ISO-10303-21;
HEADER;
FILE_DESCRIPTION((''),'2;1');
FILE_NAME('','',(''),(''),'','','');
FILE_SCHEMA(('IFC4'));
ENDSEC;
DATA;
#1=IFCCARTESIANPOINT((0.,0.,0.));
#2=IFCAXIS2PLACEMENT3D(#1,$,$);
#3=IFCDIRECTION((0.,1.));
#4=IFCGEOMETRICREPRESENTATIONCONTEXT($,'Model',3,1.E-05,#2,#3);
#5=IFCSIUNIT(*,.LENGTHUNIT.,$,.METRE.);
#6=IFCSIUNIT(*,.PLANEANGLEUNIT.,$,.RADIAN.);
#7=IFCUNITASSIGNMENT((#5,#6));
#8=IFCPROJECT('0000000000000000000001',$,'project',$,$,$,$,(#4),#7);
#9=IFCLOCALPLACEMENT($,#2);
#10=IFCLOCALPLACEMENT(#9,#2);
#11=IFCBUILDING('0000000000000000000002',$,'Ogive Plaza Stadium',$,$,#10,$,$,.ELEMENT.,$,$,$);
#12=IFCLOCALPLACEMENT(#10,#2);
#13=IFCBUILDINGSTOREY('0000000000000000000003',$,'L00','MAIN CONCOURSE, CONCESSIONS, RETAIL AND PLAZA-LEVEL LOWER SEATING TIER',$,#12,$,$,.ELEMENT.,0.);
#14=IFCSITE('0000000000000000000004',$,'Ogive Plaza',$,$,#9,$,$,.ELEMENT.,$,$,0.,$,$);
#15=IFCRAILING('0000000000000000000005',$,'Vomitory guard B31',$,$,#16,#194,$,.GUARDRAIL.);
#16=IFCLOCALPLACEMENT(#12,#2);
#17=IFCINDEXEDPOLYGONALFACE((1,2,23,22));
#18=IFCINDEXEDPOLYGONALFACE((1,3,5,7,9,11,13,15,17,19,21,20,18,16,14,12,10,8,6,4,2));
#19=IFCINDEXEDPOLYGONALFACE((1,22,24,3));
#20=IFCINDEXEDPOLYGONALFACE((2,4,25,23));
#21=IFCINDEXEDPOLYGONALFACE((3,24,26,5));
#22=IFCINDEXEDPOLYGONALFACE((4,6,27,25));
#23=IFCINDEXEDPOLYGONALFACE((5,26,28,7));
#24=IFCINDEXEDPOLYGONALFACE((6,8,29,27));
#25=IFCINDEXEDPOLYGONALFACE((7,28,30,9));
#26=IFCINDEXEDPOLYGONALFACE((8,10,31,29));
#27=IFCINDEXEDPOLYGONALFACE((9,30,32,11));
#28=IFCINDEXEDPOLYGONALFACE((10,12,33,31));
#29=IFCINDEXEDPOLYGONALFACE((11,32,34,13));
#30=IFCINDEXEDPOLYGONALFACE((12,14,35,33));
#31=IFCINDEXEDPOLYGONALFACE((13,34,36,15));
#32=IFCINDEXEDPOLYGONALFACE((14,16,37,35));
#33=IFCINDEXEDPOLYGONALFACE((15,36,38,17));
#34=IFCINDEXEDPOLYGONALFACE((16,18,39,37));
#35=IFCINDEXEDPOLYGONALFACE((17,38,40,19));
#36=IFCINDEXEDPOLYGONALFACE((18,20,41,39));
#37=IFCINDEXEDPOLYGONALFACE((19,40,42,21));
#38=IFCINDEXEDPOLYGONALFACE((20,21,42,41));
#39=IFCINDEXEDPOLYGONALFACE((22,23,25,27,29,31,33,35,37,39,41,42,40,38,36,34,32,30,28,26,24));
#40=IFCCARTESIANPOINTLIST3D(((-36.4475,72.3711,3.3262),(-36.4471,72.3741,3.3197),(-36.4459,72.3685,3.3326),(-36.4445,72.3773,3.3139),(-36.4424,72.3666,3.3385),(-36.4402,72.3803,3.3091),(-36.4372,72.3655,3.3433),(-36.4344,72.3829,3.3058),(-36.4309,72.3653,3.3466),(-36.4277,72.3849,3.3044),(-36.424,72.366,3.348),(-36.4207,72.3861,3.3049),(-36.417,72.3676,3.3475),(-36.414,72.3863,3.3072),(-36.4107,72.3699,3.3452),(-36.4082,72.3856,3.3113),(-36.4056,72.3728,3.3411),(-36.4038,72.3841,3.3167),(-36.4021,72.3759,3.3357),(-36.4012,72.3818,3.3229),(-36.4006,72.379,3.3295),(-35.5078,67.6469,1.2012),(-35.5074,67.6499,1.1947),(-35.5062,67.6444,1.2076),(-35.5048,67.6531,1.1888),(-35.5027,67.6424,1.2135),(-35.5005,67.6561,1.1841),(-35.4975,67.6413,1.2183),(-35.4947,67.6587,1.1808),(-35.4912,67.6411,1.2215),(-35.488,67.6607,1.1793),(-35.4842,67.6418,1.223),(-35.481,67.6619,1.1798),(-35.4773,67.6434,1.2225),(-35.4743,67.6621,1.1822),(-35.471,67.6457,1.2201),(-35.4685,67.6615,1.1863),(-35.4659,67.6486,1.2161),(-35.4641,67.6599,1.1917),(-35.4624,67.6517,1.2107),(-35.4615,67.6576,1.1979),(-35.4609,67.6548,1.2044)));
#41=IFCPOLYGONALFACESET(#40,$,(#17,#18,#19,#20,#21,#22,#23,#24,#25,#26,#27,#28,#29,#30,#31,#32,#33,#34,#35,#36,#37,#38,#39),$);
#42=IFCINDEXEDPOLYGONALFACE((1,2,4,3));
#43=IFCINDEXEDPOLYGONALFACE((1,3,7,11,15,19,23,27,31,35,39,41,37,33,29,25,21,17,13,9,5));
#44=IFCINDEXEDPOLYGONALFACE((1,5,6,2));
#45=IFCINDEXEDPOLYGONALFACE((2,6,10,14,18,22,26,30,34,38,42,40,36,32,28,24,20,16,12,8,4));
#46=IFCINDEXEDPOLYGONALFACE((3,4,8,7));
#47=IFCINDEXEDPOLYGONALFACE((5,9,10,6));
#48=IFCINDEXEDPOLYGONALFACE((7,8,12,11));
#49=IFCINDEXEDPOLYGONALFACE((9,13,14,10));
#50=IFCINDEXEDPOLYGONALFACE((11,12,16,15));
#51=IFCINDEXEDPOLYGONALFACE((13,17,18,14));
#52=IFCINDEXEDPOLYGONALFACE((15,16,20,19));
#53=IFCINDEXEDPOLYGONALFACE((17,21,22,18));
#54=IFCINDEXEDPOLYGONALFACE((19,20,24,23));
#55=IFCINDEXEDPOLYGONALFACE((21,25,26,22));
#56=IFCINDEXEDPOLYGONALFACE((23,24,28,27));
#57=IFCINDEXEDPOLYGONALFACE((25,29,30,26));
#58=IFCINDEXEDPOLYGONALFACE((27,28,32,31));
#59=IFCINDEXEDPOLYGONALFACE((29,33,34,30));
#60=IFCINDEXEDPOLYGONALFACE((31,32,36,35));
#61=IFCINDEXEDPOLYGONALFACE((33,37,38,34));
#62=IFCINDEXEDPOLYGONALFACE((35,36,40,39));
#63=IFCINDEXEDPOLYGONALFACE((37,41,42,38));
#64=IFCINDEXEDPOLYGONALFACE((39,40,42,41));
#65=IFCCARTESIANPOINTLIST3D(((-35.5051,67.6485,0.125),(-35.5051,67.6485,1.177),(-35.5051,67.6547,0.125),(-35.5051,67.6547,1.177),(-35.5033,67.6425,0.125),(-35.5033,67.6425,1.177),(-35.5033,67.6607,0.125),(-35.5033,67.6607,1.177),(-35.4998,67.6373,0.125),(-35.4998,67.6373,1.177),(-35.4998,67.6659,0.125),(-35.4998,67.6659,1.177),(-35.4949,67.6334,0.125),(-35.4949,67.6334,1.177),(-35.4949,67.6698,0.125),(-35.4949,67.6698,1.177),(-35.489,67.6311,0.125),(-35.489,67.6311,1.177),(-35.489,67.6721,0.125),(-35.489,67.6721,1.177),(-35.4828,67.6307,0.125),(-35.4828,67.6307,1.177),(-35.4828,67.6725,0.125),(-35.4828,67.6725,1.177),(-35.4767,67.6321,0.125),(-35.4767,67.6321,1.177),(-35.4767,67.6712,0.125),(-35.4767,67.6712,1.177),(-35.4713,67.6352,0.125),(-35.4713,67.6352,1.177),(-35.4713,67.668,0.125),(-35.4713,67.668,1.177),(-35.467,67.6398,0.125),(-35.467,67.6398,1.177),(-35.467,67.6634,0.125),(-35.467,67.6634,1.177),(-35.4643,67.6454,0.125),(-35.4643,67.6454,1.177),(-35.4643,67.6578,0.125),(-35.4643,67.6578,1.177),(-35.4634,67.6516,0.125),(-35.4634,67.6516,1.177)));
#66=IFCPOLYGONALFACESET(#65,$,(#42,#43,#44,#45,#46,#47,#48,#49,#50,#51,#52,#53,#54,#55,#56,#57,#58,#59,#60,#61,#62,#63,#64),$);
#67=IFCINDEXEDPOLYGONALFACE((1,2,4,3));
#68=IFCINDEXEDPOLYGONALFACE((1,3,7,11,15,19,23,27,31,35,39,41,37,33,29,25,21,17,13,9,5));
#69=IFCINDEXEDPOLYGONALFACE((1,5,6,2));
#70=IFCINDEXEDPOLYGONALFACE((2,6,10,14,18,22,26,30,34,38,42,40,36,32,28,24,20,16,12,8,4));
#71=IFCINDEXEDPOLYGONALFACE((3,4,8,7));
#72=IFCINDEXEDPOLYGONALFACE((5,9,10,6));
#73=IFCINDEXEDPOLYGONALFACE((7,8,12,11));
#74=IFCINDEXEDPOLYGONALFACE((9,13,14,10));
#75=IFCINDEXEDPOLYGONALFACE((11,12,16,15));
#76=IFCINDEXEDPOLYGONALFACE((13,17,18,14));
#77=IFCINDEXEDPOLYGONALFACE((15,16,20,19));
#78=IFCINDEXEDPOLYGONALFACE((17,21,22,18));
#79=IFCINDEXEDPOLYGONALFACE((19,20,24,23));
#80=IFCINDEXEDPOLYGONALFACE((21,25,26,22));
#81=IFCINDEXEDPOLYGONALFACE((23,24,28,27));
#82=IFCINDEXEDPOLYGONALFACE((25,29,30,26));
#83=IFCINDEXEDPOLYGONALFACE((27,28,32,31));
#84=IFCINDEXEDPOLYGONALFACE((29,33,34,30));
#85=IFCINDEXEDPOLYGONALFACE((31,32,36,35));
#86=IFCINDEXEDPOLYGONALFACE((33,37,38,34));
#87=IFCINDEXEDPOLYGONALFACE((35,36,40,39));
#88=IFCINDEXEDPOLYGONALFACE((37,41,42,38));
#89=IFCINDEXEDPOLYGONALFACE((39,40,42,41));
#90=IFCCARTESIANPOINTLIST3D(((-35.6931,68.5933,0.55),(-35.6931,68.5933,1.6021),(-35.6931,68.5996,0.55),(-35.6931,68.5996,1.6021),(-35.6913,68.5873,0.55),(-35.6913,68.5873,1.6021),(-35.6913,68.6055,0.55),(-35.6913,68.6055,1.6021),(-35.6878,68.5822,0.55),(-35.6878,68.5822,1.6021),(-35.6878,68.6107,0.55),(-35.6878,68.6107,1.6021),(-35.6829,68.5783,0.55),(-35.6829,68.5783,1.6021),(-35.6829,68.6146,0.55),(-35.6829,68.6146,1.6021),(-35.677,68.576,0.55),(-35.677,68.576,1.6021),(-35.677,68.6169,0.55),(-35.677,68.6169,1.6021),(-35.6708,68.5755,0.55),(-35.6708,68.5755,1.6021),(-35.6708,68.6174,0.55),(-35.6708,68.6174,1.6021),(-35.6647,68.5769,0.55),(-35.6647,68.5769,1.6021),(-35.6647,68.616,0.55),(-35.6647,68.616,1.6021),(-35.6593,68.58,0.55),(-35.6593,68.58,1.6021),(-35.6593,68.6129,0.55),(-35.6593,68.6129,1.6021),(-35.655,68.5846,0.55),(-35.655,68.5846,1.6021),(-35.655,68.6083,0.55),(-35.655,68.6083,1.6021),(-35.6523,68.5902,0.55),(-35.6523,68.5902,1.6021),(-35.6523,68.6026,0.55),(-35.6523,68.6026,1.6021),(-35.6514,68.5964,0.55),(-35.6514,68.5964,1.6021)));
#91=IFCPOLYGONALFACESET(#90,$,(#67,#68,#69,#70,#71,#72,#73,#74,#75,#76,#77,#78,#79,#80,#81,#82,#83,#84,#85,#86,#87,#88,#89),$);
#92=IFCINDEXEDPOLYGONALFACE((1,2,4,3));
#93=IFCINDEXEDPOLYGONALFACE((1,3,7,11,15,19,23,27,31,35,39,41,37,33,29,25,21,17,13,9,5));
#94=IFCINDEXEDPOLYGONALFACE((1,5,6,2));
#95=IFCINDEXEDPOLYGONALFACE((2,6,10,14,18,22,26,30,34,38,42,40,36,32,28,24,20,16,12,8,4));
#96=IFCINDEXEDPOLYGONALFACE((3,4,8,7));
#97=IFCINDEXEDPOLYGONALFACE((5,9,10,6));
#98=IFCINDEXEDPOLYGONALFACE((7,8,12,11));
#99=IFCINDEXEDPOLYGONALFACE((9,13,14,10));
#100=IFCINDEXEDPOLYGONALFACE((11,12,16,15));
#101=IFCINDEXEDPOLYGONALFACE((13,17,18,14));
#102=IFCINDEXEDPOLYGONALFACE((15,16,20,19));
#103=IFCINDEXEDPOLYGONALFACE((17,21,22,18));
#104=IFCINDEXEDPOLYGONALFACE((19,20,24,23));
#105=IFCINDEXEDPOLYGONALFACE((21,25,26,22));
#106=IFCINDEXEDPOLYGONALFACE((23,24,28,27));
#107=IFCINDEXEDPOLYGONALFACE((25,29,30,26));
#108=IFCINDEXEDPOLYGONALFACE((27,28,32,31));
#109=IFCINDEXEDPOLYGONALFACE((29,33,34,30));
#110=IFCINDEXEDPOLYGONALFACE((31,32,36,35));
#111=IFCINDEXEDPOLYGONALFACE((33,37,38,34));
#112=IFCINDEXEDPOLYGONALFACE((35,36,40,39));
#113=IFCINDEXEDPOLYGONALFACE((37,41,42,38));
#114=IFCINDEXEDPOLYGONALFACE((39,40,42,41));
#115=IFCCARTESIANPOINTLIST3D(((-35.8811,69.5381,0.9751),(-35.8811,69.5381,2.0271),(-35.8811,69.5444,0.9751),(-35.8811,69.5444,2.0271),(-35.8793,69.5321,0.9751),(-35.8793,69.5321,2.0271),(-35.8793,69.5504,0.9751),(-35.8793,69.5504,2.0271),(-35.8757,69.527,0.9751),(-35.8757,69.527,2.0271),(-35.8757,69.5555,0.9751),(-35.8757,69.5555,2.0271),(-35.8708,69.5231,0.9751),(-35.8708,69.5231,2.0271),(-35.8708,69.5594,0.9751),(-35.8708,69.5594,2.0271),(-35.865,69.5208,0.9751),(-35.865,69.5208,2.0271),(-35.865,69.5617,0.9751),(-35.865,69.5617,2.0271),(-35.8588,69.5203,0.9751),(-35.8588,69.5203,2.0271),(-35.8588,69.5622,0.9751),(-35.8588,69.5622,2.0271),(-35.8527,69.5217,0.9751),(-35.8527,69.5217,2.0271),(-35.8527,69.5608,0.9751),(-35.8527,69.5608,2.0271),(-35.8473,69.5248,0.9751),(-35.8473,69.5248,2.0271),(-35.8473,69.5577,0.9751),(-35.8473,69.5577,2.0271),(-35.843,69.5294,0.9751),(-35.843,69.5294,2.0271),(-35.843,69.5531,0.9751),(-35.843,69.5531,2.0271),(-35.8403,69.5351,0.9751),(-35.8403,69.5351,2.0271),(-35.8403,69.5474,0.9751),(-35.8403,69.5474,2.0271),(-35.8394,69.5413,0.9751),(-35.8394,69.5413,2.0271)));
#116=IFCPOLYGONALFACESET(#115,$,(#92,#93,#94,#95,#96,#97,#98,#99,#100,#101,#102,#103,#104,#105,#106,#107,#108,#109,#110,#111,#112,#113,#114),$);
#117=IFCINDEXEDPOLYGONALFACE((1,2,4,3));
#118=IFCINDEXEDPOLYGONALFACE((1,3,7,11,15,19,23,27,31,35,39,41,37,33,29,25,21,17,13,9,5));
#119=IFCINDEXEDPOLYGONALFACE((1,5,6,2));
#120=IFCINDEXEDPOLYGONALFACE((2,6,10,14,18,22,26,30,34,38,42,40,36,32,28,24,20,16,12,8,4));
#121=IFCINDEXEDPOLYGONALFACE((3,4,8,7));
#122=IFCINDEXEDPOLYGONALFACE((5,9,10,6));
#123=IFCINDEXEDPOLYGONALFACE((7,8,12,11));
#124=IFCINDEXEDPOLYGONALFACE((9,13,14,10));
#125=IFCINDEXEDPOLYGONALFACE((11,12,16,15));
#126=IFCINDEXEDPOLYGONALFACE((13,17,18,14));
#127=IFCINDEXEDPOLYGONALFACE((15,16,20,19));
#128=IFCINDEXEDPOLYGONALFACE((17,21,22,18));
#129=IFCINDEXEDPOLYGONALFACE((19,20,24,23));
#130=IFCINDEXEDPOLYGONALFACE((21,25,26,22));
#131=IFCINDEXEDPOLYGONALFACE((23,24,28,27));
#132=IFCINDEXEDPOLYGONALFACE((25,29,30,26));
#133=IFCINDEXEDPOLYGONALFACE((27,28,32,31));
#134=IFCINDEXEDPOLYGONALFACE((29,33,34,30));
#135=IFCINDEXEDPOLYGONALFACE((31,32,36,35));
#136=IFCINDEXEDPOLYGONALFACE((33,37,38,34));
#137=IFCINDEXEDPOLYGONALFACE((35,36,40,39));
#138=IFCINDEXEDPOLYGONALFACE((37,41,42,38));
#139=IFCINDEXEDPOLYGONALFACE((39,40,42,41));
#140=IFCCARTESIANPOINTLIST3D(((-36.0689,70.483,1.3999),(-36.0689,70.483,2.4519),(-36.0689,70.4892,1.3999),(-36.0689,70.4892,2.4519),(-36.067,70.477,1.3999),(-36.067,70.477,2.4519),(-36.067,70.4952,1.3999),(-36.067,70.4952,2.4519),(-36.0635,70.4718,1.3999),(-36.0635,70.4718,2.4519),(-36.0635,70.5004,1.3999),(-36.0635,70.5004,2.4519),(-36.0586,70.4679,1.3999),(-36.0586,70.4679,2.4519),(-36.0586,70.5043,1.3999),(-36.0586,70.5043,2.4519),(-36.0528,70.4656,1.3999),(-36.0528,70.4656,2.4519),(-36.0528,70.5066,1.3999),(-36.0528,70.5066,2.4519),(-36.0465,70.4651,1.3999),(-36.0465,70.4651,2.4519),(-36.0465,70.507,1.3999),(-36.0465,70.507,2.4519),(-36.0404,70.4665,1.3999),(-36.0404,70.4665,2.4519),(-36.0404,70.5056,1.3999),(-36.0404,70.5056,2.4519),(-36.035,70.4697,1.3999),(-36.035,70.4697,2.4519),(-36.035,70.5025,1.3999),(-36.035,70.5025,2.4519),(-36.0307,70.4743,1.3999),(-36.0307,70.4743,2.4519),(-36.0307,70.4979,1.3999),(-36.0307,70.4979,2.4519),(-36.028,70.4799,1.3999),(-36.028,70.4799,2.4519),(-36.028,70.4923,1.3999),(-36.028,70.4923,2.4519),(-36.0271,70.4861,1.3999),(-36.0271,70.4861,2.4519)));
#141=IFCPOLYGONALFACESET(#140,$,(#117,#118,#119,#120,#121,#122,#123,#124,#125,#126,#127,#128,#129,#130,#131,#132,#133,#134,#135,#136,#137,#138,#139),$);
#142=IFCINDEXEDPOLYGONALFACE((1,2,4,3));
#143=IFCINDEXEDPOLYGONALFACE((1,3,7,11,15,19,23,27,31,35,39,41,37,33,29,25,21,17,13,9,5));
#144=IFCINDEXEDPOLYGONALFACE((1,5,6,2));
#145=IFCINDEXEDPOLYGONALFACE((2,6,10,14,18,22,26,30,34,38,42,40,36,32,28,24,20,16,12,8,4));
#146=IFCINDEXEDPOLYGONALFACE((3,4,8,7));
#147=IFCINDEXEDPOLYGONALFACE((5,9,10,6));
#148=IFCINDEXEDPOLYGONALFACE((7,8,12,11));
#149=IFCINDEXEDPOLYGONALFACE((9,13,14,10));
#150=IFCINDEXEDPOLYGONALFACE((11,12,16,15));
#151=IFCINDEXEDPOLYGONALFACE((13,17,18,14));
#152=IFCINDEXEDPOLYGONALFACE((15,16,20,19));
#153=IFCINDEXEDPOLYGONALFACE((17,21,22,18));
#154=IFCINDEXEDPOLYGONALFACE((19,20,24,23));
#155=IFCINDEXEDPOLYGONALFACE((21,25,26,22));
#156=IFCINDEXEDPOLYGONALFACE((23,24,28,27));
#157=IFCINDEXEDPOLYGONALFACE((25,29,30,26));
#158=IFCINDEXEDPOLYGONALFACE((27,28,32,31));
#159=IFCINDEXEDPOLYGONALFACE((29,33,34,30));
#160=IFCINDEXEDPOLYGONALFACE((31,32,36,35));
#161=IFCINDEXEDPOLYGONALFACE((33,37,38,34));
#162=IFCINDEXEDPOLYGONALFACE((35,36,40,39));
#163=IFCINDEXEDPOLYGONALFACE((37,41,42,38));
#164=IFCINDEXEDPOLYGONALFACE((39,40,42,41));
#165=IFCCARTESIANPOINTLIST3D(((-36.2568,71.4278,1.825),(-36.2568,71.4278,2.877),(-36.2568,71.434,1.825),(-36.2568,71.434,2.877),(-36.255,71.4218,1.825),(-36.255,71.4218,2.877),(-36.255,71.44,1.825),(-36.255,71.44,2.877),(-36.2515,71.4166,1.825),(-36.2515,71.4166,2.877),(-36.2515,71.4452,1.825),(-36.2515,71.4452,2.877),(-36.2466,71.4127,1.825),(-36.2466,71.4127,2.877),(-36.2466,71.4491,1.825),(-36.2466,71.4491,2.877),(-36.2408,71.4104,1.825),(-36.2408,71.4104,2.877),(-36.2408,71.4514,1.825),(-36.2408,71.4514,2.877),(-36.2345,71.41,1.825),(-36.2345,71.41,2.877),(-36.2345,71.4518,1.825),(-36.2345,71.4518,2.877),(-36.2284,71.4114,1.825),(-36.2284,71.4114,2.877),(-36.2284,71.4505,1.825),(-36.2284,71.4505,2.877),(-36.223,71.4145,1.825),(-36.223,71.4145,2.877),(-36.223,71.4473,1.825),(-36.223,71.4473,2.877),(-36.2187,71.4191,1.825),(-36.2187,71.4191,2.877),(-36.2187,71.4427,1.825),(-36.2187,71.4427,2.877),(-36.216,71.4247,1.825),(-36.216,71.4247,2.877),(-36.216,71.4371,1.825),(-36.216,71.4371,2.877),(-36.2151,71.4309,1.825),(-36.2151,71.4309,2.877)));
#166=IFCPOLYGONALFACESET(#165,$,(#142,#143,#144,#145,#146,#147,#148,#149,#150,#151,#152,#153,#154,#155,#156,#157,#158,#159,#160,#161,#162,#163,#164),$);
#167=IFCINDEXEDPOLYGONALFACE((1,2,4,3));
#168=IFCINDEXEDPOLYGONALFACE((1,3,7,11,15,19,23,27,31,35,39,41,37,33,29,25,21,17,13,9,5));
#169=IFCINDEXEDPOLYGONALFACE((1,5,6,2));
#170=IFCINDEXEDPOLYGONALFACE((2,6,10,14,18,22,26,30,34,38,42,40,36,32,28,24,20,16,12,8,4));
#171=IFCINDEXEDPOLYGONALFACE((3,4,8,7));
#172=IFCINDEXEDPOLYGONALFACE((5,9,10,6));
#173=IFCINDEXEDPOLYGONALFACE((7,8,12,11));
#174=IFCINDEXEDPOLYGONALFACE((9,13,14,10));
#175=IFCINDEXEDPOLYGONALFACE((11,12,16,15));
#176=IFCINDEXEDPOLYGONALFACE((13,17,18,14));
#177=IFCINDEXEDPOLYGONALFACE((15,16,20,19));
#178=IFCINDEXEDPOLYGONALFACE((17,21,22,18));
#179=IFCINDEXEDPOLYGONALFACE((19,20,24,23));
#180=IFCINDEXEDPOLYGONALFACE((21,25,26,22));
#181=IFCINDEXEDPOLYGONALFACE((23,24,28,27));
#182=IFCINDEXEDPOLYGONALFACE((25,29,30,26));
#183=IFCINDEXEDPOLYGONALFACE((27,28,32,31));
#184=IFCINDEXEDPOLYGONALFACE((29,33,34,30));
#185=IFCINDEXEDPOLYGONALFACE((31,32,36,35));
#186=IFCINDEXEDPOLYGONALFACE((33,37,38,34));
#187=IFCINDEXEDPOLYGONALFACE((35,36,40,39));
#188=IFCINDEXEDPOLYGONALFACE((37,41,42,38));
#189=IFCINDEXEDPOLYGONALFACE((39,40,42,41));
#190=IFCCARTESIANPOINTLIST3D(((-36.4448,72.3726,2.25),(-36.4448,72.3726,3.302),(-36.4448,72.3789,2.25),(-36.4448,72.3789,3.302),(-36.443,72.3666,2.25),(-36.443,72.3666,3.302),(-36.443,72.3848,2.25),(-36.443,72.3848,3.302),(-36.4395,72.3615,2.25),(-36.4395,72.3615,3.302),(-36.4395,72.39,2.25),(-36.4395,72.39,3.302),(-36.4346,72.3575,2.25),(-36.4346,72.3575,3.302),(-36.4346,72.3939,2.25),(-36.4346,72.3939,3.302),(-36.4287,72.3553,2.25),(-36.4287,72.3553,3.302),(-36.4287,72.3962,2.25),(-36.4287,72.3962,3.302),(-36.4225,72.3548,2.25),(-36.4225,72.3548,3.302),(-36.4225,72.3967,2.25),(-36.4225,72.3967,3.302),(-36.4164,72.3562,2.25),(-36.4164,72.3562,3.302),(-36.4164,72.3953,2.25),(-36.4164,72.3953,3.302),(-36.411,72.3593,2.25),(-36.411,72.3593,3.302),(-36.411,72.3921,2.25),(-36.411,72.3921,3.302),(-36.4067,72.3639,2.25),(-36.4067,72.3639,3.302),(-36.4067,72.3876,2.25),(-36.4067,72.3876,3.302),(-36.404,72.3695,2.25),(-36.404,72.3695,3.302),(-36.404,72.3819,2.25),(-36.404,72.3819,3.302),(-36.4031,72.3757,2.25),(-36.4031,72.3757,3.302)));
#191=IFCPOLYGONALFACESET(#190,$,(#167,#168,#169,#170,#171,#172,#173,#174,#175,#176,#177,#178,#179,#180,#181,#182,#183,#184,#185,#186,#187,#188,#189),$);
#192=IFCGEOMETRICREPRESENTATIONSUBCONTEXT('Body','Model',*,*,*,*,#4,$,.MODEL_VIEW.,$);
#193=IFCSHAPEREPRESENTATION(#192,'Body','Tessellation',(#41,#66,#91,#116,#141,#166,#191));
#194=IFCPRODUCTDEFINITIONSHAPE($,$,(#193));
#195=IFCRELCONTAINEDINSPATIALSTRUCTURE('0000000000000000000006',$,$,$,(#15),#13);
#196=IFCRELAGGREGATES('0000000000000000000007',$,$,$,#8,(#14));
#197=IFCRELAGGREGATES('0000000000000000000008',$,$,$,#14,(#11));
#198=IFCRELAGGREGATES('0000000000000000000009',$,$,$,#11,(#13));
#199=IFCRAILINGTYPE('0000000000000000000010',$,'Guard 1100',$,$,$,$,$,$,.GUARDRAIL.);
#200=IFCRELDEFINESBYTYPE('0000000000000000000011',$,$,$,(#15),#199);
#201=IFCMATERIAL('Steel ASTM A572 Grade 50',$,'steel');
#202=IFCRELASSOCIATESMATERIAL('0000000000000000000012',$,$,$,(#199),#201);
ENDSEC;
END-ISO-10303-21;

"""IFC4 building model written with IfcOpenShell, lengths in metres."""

from ifc_helpers import new_model, si_unit, direction, frame, origin, origin_2d, place, context, subcontext, project, spatial, circle, extrude, material, type_object, element, save


model = new_model("IFC4")

# Units and contexts
model_context = context("Model", 3, precision=1e-05, world=origin(), true_north=direction((0.0, 1.0)))
body_context = subcontext(model_context, "Body", "Model", "MODEL_VIEW")
ifc_project = project(units=[si_unit("LENGTHUNIT", "METRE"), si_unit("PLANEANGLEUNIT", "RADIAN")], contexts=[model_context])

# Site, building, storey
site_placement = place(None, origin())
site = spatial("IfcSite", under=ifc_project, at=site_placement, Name="Ogive Plaza", CompositionType="ELEMENT", RefElevation=0.0)
building_placement = place(site_placement, origin())
building = spatial("IfcBuilding", under=site, at=building_placement, Name="Ogive Plaza Stadium", CompositionType="ELEMENT")
storey_placement = place(building_placement, origin())
storey = spatial("IfcBuildingStorey", under=building, at=storey_placement, Name="L00", Description="MAIN CONCOURSE, CONCESSIONS, RETAIL AND PLAZA-LEVEL LOWER SEATING TIER", CompositionType="ELEMENT", Elevation=0.0)

# Railing
ifc_material_1 = material(Name="Steel ASTM A572 Grade 50", Category="steel")
railing_type = type_object("IfcRailingType", Name="Guard 1100", PredefinedType="GUARDRAIL", material=ifc_material_1)
for number, where, name in (
    (1, (-35.4844, 67.6516, 0.125), "Vomitory guard B31"),
):
    element("IfcRailing", number, at=place(storey_placement, frame(where)), inside=storey, type_object=railing_type, Name=name, PredefinedType="GUARDRAIL", context=body_context, shape_type="SweptSolid", body=[
        extrude(circle(Radius=0.0239, at=origin_2d()), frame((0.0, 0.0, 1.0762), z_axis=(-0.178494, 0.897338, 0.40364), x_axis=(-0.980785, -0.195093, 0.0)), (0.0, 0.0, 1.0), 5.2646),
        extrude(circle(Radius=0.021, at=origin_2d()), origin(), (0.0, 0.0, 1.0), 1.052),
        extrude(circle(Radius=0.021, at=origin_2d()), frame((-0.188, 0.9448, 0.425)), (0.0, 0.0, 1.0), 1.052),
        extrude(circle(Radius=0.021, at=origin_2d()), frame((-0.376, 1.8896, 0.8501)), (0.0, 0.0, 1.0), 1.052),
        extrude(circle(Radius=0.021, at=origin_2d()), frame((-0.5637, 2.8345, 1.2749)), (0.0, 0.0, 1.0), 1.052),
        extrude(circle(Radius=0.021, at=origin_2d()), frame((-0.7517, 3.7793, 1.7)), (0.0, 0.0, 1.0), 1.052),
        extrude(circle(Radius=0.021, at=origin_2d()), frame((-0.9397, 4.7241, 2.125)), (0.0, 0.0, 1.0), 1.052),
    ])

save(model, "model.ifc")
